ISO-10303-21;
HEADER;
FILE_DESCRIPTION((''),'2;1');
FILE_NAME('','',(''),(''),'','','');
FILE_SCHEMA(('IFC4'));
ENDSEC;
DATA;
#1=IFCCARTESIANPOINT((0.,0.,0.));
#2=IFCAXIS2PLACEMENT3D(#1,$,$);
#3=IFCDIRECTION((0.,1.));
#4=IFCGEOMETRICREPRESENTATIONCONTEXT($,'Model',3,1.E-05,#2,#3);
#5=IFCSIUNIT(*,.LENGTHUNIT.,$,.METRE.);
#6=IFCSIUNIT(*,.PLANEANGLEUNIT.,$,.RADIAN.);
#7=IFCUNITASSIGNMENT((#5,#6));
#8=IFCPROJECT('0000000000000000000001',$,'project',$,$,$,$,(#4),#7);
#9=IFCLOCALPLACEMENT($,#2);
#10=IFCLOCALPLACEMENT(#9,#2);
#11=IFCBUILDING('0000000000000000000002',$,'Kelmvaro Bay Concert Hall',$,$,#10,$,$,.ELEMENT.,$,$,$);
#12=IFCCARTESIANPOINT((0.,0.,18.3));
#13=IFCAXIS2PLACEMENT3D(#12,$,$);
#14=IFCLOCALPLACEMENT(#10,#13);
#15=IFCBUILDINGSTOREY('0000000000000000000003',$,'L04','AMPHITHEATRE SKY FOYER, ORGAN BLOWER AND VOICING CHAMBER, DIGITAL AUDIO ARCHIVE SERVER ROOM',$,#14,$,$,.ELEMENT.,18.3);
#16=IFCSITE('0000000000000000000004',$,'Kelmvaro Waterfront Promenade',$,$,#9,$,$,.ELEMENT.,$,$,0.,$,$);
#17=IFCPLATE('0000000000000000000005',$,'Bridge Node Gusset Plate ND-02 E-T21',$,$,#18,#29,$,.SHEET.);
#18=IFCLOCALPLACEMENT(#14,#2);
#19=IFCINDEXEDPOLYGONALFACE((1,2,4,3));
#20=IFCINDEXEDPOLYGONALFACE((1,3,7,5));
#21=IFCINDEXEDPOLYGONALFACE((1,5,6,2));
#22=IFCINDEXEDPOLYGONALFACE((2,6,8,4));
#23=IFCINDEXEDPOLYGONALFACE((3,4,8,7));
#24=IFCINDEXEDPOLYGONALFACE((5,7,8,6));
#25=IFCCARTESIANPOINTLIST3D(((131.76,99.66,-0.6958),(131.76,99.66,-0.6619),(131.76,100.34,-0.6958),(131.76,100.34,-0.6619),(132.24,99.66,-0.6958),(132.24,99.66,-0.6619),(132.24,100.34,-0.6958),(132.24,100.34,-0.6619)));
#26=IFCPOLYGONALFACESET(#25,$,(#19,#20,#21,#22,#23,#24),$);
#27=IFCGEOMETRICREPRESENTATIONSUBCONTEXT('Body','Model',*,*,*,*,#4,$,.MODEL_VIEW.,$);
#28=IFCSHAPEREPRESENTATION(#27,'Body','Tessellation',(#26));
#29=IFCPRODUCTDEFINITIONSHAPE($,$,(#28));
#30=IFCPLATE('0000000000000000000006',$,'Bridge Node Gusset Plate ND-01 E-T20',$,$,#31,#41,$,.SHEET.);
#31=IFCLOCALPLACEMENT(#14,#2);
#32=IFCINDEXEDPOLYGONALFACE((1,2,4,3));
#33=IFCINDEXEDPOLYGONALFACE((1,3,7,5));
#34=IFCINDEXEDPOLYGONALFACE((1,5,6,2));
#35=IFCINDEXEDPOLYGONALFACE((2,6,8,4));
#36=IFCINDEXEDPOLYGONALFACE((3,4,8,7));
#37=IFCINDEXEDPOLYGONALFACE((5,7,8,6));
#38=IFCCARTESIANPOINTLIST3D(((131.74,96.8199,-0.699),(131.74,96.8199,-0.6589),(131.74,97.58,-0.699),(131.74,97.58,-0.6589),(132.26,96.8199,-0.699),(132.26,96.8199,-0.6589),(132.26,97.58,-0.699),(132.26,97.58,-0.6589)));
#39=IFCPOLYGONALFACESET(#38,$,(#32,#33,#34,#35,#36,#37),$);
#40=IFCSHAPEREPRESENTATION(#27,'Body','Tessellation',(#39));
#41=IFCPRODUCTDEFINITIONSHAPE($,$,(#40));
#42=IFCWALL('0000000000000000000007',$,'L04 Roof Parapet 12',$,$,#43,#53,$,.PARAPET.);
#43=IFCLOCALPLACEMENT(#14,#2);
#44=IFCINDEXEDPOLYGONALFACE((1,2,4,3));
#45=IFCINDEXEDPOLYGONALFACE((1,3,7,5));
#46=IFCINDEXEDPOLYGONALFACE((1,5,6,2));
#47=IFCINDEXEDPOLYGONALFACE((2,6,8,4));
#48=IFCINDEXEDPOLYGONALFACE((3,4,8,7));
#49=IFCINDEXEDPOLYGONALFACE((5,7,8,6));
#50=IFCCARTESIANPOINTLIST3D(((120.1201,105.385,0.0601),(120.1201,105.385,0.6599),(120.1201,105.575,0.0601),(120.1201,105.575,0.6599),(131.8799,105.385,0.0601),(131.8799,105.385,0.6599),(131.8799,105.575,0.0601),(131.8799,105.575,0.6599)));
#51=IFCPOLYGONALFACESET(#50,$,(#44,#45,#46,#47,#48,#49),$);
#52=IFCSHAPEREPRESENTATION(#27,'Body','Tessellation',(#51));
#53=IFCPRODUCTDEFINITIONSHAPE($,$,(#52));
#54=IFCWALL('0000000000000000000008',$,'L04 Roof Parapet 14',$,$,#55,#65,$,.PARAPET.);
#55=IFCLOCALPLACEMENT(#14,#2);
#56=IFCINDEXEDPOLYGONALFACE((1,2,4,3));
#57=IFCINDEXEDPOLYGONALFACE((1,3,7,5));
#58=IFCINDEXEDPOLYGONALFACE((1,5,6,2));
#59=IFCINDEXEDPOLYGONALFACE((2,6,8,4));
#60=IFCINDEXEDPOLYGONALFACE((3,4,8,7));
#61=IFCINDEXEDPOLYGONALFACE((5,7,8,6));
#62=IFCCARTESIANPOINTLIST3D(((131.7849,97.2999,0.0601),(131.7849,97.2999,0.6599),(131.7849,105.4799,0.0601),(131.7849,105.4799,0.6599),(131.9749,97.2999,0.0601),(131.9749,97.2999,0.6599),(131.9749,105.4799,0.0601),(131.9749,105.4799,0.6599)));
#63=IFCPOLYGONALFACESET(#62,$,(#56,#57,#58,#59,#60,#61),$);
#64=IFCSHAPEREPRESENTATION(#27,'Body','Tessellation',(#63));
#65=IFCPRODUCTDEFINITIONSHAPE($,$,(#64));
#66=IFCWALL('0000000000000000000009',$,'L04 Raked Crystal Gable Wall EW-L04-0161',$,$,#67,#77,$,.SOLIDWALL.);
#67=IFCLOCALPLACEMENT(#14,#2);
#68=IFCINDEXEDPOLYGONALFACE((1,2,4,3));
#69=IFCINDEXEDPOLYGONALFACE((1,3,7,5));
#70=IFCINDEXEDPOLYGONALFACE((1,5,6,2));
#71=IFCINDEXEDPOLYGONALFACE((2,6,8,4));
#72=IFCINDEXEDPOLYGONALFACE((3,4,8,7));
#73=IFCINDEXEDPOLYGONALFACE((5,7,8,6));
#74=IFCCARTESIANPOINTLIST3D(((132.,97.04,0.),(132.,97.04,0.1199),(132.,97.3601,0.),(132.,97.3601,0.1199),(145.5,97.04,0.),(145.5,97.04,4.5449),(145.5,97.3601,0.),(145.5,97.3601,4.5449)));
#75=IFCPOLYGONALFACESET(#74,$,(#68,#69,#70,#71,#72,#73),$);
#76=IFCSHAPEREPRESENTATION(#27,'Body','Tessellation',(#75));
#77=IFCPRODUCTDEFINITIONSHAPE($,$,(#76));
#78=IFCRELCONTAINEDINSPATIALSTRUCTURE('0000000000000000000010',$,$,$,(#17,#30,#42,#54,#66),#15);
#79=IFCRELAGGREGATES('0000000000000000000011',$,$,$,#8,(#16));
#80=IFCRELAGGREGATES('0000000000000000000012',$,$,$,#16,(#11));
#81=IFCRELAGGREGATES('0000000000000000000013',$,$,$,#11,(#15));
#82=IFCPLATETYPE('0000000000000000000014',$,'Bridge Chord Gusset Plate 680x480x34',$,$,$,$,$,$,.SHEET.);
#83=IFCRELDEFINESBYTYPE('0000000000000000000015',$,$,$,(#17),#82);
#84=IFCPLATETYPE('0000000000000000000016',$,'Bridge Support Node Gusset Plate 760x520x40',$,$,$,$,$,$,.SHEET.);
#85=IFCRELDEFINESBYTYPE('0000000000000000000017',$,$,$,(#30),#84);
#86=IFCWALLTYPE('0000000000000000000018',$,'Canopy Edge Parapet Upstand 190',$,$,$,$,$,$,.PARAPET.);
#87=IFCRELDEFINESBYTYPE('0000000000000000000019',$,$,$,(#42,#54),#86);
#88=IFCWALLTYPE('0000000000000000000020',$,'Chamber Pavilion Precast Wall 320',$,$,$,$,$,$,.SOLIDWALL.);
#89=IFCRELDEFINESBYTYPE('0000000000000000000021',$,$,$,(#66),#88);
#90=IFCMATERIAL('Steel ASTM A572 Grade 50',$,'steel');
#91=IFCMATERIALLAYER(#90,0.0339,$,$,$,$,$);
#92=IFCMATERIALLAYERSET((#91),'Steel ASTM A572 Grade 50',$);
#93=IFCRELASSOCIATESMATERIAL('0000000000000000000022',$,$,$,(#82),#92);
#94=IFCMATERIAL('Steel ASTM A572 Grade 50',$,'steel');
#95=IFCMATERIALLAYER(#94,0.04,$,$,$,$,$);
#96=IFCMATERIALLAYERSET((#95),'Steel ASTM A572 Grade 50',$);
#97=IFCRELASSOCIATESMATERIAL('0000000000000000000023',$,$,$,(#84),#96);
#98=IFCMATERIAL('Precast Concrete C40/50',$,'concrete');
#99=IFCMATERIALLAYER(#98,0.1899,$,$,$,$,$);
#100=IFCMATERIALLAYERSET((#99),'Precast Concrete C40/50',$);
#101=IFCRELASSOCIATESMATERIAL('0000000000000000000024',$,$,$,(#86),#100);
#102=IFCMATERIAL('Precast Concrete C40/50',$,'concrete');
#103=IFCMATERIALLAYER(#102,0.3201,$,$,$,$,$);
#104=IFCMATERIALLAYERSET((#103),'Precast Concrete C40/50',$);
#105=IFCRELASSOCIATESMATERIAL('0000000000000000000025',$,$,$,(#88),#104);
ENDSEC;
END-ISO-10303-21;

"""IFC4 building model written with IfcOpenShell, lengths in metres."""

from ifc_helpers import new_model, si_unit, direction, frame, frame_2d, origin, origin_2d, place, context, subcontext, project, spatial, polyline, rectangle, outline, extrude, material, layer, layer_set, type_object, element, save


model = new_model("IFC4")

# Units and contexts
model_context = context("Model", 3, precision=1e-05, world=origin(), true_north=direction((0.0, 1.0)))
body_context = subcontext(model_context, "Body", "Model", "MODEL_VIEW")
ifc_project = project(units=[si_unit("LENGTHUNIT", "METRE"), si_unit("PLANEANGLEUNIT", "RADIAN")], contexts=[model_context])

# Site, building, storey
site_placement = place(None, origin())
site = spatial("IfcSite", under=ifc_project, at=site_placement, Name="Kelmvaro Waterfront Promenade", CompositionType="ELEMENT", RefElevation=0.0)
building_placement = place(site_placement, origin())
building = spatial("IfcBuilding", under=site, at=building_placement, Name="Kelmvaro Bay Concert Hall", CompositionType="ELEMENT")
storey_placement = place(building_placement, frame((0.0, 0.0, 18.3)))
storey = spatial("IfcBuildingStorey", under=building, at=storey_placement, Name="L04", Description="AMPHITHEATRE SKY FOYER, ORGAN BLOWER AND VOICING CHAMBER, DIGITAL AUDIO ARCHIVE SERVER ROOM", CompositionType="ELEMENT", Elevation=18.3)

# Plates
ifc_material_1 = material(Name="Steel ASTM A572 Grade 50", Category="steel")
ifc_layer_1 = layer(ifc_material_1, 0.0339)
ifc_layer_set_1 = layer_set([ifc_layer_1], Name="Steel ASTM A572 Grade 50")
plate_type_1 = type_object("IfcPlateType", Name="Bridge Chord Gusset Plate 680x480x34", PredefinedType="SHEET", material=ifc_layer_set_1)
plate_1_placement = place(storey_placement, frame((132.0, 100.0, -0.6958), z_axis=(0.0, 0.0, 1.0), x_axis=(0.0, 1.0, 0.0)))
element("IfcPlate", 1, at=plate_1_placement, inside=storey, type_object=plate_type_1, Name="Bridge Node Gusset Plate ND-02 E-T21", PredefinedType="SHEET", context=body_context, shape_type="SweptSolid", body=[
    extrude(rectangle(XDim=0.6799, YDim=0.48, at=origin_2d()), origin(), (0.0, 0.0, 1.0), 0.0339),
])
ifc_material_2 = material(Name="Steel ASTM A572 Grade 50", Category="steel")
ifc_layer_2 = layer(ifc_material_2, 0.04)
ifc_layer_set_2 = layer_set([ifc_layer_2], Name="Steel ASTM A572 Grade 50")
plate_type_2 = type_object("IfcPlateType", Name="Bridge Support Node Gusset Plate 760x520x40", PredefinedType="SHEET", material=ifc_layer_set_2)
plate_2_placement = place(storey_placement, frame((132.0, 97.2, -0.699), z_axis=(0.0, 0.0, 1.0), x_axis=(0.0, 1.0, 0.0)))
element("IfcPlate", 2, at=plate_2_placement, inside=storey, type_object=plate_type_2, Name="Bridge Node Gusset Plate ND-01 E-T20", PredefinedType="SHEET", context=body_context, shape_type="SweptSolid", body=[
    extrude(rectangle(XDim=0.76, YDim=0.52, at=origin_2d()), origin(), (0.0, 0.0, 1.0), 0.04),
])

# Walls
ifc_material_3 = material(Name="Precast Concrete C40/50", Category="concrete")
ifc_layer_3 = layer(ifc_material_3, 0.1899)
ifc_layer_set_3 = layer_set([ifc_layer_3], Name="Precast Concrete C40/50")
wall_type_1 = type_object("IfcWallType", Name="Canopy Edge Parapet Upstand 190", PredefinedType="PARAPET", material=ifc_layer_set_3)
wall_1_placement = place(storey_placement, frame((120.1201, 105.48, 0.0601), z_axis=(0.0, 0.0, 1.0), x_axis=(1.0, 0.0, 0.0)))
element("IfcWall", 3, at=wall_1_placement, inside=storey, type_object=wall_type_1, Name="L04 Roof Parapet 12", PredefinedType="PARAPET", context=body_context, shape_type="SweptSolid", body=[
    extrude(rectangle(XDim=11.7598, YDim=0.1899, at=frame_2d((5.8799, 0.0))), origin(), (0.0, 0.0, 1.0), 0.5999),
])
wall_2_placement = place(storey_placement, frame((131.8799, 97.3, 0.0601), z_axis=(0.0, 0.0, 1.0), x_axis=(0.0, 1.0, 0.0)))
element("IfcWall", 4, at=wall_2_placement, inside=storey, type_object=wall_type_1, Name="L04 Roof Parapet 14", PredefinedType="PARAPET", context=body_context, shape_type="SweptSolid", body=[
    extrude(rectangle(XDim=8.1799, YDim=0.1899, at=frame_2d((4.0898, 0.0))), origin(), (0.0, 0.0, 1.0), 0.5999),
])
ifc_material_4 = material(Name="Precast Concrete C40/50", Category="concrete")
ifc_layer_4 = layer(ifc_material_4, 0.3201)
ifc_layer_set_4 = layer_set([ifc_layer_4], Name="Precast Concrete C40/50")
wall_type_2 = type_object("IfcWallType", Name="Chamber Pavilion Precast Wall 320", PredefinedType="SOLIDWALL", material=ifc_layer_set_4)
wall_3_placement = place(storey_placement, frame((132.0, 97.2, 0.0), z_axis=(0.0, 0.0, 1.0), x_axis=(1.0, 0.0, 0.0)))
element("IfcWall", 5, at=wall_3_placement, inside=storey, type_object=wall_type_2, Name="L04 Raked Crystal Gable Wall EW-L04-0161", PredefinedType="SOLIDWALL", context=body_context, shape_type="SweptSolid", body=[
    extrude(outline(polyline([(0.0, 0.0), (13.5, 0.0), (13.5, 4.5449), (0.0, 0.1199), (0.0, 0.0)])), frame((0.0, 0.1602, 0.0), z_axis=(0.0, -1.0, 0.0), x_axis=(1.0, 0.0, 0.0)), (0.0, 0.0, 1.0), 0.3201),
])

save(model, "model.ifc")
